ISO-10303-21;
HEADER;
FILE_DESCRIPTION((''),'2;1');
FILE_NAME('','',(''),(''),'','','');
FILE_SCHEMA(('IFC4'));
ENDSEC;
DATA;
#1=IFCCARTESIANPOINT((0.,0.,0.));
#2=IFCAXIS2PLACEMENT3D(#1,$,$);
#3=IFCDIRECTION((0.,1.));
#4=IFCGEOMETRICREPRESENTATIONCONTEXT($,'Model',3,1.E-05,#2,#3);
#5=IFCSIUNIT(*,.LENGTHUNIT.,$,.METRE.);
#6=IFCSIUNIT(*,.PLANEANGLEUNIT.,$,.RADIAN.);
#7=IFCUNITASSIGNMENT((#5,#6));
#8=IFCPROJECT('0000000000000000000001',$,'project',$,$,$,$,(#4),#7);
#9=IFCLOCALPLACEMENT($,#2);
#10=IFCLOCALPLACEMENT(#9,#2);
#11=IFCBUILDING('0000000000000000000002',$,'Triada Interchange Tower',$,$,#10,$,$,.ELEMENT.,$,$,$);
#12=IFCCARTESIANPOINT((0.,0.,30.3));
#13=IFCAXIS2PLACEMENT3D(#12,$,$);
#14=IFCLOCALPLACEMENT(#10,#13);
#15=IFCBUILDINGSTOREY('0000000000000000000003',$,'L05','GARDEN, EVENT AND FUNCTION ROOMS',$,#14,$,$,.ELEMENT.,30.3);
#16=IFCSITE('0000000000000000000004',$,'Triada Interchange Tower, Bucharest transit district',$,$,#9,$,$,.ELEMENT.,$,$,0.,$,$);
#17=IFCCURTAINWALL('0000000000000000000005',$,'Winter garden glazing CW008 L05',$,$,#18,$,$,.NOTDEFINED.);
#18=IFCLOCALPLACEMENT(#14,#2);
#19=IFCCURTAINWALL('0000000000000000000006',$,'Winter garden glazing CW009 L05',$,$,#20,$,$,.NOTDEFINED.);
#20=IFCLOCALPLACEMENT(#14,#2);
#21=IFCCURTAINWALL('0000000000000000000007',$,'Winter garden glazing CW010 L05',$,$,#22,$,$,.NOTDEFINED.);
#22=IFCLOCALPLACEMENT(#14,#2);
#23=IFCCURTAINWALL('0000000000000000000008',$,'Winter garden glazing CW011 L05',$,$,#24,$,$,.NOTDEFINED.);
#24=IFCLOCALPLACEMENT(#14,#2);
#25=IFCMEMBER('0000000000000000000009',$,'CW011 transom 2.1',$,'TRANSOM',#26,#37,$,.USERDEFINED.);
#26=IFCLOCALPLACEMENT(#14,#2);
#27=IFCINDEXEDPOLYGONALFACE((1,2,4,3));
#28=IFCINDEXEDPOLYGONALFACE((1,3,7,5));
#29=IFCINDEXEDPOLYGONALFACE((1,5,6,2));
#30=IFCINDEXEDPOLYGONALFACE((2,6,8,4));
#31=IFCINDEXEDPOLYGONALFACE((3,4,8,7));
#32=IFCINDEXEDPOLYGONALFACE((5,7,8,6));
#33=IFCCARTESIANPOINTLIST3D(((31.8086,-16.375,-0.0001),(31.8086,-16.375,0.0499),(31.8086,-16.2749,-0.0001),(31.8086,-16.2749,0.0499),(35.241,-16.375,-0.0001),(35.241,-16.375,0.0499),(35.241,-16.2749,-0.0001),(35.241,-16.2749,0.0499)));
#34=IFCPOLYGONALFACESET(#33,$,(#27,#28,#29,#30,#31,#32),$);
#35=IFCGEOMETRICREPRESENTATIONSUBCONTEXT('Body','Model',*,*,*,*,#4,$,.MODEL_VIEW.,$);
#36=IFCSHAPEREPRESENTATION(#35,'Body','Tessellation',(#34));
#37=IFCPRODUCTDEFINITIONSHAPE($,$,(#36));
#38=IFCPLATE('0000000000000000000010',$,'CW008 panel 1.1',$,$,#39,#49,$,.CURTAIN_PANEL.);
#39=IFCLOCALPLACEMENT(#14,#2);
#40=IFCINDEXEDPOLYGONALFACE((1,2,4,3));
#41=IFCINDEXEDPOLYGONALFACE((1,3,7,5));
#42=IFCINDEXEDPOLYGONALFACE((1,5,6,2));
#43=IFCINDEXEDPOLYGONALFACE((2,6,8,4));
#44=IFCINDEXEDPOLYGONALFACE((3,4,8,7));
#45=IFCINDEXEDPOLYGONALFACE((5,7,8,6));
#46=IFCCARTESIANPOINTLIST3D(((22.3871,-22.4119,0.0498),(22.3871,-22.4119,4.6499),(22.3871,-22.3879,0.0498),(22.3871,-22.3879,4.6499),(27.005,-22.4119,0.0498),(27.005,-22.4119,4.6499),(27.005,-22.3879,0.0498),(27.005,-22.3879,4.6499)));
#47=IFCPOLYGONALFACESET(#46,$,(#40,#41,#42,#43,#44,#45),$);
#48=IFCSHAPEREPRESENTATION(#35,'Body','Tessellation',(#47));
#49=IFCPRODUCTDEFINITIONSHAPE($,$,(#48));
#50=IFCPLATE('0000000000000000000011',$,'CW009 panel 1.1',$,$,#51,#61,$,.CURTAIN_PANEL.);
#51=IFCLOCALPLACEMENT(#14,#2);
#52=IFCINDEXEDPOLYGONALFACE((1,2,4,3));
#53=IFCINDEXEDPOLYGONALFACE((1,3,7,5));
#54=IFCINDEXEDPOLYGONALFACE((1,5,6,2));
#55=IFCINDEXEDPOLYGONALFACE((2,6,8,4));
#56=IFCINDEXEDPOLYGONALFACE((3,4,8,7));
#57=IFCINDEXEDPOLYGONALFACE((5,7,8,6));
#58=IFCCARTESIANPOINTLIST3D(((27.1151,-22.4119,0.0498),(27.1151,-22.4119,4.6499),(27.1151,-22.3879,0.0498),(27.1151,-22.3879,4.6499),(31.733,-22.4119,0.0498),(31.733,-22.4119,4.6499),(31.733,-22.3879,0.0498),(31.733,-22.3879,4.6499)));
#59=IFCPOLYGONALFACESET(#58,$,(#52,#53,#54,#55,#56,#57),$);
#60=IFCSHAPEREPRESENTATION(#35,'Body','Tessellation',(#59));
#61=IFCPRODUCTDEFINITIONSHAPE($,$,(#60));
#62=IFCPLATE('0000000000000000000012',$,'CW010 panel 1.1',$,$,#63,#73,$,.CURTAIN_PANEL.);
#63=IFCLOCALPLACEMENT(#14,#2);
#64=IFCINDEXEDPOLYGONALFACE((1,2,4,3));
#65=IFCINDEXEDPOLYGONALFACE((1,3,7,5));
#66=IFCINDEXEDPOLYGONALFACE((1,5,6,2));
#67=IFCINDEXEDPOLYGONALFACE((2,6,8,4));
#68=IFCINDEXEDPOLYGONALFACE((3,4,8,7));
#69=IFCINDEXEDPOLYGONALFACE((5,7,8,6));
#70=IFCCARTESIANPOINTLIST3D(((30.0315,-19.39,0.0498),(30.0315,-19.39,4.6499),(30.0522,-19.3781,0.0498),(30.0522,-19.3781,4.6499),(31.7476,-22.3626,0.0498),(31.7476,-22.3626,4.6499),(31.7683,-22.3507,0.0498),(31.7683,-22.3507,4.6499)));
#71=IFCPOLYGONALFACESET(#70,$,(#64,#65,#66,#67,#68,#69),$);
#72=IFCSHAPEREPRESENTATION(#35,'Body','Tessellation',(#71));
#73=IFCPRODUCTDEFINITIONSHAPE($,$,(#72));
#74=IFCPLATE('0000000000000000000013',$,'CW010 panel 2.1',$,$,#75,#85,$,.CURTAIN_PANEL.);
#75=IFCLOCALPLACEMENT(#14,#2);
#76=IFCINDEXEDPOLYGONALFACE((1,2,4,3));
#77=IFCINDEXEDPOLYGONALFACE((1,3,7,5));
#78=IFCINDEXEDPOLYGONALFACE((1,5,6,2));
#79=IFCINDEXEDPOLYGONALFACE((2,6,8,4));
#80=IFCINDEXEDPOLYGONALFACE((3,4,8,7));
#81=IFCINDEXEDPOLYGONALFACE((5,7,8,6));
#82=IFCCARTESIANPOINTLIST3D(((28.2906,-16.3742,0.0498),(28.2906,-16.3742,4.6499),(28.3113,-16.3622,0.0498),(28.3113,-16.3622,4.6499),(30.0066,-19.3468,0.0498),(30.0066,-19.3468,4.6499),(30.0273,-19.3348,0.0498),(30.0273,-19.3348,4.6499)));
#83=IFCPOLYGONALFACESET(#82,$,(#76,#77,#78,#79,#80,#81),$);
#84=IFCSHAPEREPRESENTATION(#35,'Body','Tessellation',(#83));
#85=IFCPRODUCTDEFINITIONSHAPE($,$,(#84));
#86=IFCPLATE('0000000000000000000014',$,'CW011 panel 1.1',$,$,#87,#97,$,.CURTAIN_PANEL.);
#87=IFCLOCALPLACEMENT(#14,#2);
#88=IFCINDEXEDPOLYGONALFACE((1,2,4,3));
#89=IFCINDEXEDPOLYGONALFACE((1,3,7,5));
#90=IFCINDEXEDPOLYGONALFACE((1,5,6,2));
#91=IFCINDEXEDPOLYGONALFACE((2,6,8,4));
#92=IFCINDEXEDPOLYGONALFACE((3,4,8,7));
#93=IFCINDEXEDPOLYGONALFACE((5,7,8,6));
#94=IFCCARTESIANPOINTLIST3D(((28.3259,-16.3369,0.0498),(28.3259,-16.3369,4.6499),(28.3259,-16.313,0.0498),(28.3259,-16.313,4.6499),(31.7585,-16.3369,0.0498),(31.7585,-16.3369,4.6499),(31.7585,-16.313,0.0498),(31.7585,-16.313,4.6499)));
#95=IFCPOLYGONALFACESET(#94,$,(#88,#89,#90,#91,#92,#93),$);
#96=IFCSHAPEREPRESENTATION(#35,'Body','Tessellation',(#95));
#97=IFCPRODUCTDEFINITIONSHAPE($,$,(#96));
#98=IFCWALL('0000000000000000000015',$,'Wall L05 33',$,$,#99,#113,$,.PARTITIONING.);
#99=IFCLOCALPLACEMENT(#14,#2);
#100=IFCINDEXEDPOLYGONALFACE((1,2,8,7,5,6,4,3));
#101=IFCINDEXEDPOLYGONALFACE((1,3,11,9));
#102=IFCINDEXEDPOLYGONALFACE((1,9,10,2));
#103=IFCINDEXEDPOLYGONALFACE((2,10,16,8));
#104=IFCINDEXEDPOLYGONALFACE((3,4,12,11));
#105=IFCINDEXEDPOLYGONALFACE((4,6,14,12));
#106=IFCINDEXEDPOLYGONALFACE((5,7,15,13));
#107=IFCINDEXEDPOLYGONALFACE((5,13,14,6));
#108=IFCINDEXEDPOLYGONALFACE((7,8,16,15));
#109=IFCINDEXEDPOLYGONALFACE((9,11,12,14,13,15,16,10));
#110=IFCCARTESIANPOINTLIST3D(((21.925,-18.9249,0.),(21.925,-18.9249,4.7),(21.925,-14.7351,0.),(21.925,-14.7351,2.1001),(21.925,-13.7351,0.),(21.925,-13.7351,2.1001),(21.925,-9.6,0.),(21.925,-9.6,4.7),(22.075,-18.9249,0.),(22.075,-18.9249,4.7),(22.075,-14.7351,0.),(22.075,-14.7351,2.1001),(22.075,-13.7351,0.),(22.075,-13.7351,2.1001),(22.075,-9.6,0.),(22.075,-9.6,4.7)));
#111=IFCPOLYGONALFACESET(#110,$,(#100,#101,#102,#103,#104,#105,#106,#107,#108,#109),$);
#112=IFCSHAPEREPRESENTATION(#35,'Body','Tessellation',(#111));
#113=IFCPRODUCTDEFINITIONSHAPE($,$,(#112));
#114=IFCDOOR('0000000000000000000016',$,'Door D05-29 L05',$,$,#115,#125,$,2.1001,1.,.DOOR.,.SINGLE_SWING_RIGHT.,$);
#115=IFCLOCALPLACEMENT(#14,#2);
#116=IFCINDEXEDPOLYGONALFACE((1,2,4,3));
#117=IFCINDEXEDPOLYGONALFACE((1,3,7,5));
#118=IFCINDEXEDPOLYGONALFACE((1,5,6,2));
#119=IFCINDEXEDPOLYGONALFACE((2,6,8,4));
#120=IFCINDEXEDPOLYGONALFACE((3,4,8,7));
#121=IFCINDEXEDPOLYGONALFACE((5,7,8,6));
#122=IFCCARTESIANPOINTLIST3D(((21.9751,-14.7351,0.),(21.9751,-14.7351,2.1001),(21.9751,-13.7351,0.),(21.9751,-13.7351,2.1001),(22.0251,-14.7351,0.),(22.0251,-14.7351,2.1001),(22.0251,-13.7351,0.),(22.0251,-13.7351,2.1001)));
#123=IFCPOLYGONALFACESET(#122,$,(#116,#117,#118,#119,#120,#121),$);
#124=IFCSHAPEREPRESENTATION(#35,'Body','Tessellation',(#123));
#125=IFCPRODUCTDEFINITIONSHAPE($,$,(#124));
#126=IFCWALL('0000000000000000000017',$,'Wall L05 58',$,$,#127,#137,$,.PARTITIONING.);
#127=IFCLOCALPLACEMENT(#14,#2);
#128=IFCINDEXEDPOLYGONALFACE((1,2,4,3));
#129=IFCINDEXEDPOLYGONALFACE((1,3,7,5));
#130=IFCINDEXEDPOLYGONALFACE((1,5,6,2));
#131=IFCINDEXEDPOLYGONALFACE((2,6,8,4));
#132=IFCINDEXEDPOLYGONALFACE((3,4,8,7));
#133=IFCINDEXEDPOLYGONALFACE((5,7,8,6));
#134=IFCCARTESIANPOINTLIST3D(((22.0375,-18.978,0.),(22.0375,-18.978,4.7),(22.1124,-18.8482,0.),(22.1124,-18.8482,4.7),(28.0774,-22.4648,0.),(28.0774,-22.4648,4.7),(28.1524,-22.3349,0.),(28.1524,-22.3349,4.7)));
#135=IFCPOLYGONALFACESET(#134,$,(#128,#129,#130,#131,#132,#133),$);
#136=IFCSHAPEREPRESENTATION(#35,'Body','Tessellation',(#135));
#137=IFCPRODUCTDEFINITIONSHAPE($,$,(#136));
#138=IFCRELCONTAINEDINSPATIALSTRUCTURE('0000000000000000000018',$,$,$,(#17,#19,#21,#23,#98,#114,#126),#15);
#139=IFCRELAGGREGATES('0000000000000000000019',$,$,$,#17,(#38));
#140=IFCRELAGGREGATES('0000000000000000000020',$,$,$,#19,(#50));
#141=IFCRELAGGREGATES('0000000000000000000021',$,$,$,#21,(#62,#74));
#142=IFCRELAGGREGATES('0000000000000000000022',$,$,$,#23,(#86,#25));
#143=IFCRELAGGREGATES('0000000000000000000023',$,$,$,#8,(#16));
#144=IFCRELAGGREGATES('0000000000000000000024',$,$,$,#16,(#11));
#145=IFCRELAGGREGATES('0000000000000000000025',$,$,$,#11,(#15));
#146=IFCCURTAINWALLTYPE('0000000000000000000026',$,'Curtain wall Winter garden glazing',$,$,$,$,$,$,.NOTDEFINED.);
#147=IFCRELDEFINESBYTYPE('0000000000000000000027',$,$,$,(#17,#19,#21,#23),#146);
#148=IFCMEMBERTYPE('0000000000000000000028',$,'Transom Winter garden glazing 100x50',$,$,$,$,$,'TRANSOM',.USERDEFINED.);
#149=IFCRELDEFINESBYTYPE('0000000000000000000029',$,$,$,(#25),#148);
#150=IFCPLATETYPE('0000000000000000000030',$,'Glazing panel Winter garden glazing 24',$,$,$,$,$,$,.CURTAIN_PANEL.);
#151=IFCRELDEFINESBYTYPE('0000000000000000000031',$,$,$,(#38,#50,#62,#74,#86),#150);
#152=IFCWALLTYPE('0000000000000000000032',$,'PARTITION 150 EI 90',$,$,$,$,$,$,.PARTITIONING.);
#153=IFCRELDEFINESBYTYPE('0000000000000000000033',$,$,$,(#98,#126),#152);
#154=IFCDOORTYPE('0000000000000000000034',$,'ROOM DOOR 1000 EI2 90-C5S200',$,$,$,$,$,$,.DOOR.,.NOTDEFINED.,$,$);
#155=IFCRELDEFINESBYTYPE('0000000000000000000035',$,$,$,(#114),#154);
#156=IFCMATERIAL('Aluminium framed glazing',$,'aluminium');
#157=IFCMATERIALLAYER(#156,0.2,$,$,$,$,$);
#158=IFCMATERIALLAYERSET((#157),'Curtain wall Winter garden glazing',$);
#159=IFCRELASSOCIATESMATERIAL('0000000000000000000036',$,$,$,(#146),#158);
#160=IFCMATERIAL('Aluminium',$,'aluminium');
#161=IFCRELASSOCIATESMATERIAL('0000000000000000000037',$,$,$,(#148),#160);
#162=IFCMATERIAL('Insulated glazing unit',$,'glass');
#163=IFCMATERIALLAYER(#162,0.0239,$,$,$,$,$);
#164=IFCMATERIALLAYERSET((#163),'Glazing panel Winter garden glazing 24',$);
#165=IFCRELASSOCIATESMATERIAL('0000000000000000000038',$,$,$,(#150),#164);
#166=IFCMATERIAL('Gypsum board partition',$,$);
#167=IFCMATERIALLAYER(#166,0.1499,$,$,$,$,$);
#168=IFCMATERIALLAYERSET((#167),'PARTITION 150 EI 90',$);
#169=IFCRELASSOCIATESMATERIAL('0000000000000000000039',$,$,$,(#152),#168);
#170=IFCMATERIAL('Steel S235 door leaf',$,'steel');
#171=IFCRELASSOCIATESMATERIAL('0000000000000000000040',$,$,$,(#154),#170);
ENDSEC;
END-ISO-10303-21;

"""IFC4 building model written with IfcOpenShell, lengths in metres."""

from ifc_helpers import new_model, si_unit, direction, frame, frame_2d, origin, origin_2d, place, context, subcontext, project, spatial, rectangle, extrude, material, layer, layer_set, material_profile, profile_set, type_object, element, fill, aggregate, save


model = new_model("IFC4")

# Units and contexts
model_context = context("Model", 3, precision=1e-05, world=origin(), true_north=direction((0.0, 1.0)))
body_context = subcontext(model_context, "Body", "Model", "MODEL_VIEW")
ifc_project = project(units=[si_unit("LENGTHUNIT", "METRE"), si_unit("PLANEANGLEUNIT", "RADIAN")], contexts=[model_context])

# Site, building, storey
site_placement = place(None, origin())
site = spatial("IfcSite", under=ifc_project, at=site_placement, Name="Triada Interchange Tower, Bucharest transit district", CompositionType="ELEMENT", RefElevation=0.0)
building_placement = place(site_placement, origin())
building = spatial("IfcBuilding", under=site, at=building_placement, Name="Triada Interchange Tower", CompositionType="ELEMENT")
storey_placement = place(building_placement, frame((0.0, 0.0, 30.3)))
storey = spatial("IfcBuildingStorey", under=building, at=storey_placement, Name="L05", Description="GARDEN, EVENT AND FUNCTION ROOMS", CompositionType="ELEMENT", Elevation=30.3)

# Curtain walls
ifc_material_1 = material(Name="Aluminium framed glazing", Category="aluminium")
ifc_layer_1 = layer(ifc_material_1, 0.2)
ifc_layer_set_1 = layer_set([ifc_layer_1], Name="Curtain wall Winter garden glazing")
curtain_wall_type = type_object("IfcCurtainWallType", Name="Curtain wall Winter garden glazing", PredefinedType="NOTDEFINED", material=ifc_layer_set_1)
curtain_wall_1_placement = place(storey_placement, origin())
curtain_wall_1 = element("IfcCurtainWall", 1, at=curtain_wall_1_placement, inside=storey, type_object=curtain_wall_type, Name="Winter garden glazing CW008 L05", PredefinedType="NOTDEFINED")
ifc_material_2 = material(Name="Aluminium", Category="aluminium")
curtain_wall_2_placement = place(storey_placement, origin())
curtain_wall_2 = element("IfcCurtainWall", 2, at=curtain_wall_2_placement, inside=storey, type_object=curtain_wall_type, Name="Winter garden glazing CW009 L05", PredefinedType="NOTDEFINED")
curtain_wall_3_placement = place(storey_placement, origin())
curtain_wall_3 = element("IfcCurtainWall", 3, at=curtain_wall_3_placement, inside=storey, type_object=curtain_wall_type, Name="Winter garden glazing CW010 L05", PredefinedType="NOTDEFINED")
curtain_wall_4_placement = place(storey_placement, origin())
curtain_wall_4 = element("IfcCurtainWall", 4, at=curtain_wall_4_placement, inside=storey, type_object=curtain_wall_type, Name="Winter garden glazing CW011 L05", PredefinedType="NOTDEFINED")

# Member
ifc_material_profile_1 = material_profile(ifc_material_2, rectangle(XDim=0.1001, YDim=0.05, at=origin_2d()), Name="Aluminium transom")
ifc_profile_set_1 = profile_set([ifc_material_profile_1], Name="Aluminium")
member_type_1 = type_object("IfcMemberType", Name="Transom Winter garden glazing 100x50", ElementType="TRANSOM", PredefinedType="USERDEFINED", material=ifc_profile_set_1)
member_1_placement = place(storey_placement, frame((31.8086, -16.325, 0.0249), z_axis=(1.0, 0.0, 0.0), x_axis=(0.0, 1.0, 0.0)))
member_1 = element("IfcMember", 5, at=member_1_placement, type_object=member_type_1, Name="CW011 transom 2.1", ObjectType="TRANSOM", PredefinedType="USERDEFINED", context=body_context, shape_type="SweptSolid", body=[
    extrude(rectangle(XDim=0.1001, YDim=0.05, at=origin_2d()), origin(), (0.0, 0.0, 1.0), 3.4324),
])

# Plates
ifc_material_3 = material(Name="Insulated glazing unit", Category="glass")
ifc_layer_2 = layer(ifc_material_3, 0.0239)
ifc_layer_set_2 = layer_set([ifc_layer_2], Name="Glazing panel Winter garden glazing 24")
plate_type = type_object("IfcPlateType", Name="Glazing panel Winter garden glazing 24", PredefinedType="CURTAIN_PANEL", material=ifc_layer_set_2)
plate_1_placement = place(storey_placement, frame((24.696, -22.3999, 0.0498), z_axis=(0.0, 0.0, 1.0), x_axis=(1.0, 0.0, 0.0)))
plate_1 = element("IfcPlate", 6, at=plate_1_placement, type_object=plate_type, Name="CW008 panel 1.1", PredefinedType="CURTAIN_PANEL", context=body_context, shape_type="SweptSolid", body=[
    extrude(rectangle(XDim=4.6179, YDim=0.0239, at=origin_2d()), origin(), (0.0, 0.0, 1.0), 4.6001),
])
aggregate(curtain_wall_1, [plate_1])
plate_2_placement = place(storey_placement, frame((29.4241, -22.3999, 0.0498), z_axis=(0.0, 0.0, 1.0), x_axis=(1.0, 0.0, 0.0)))
plate_2 = element("IfcPlate", 7, at=plate_2_placement, type_object=plate_type, Name="CW009 panel 1.1", PredefinedType="CURTAIN_PANEL", context=body_context, shape_type="SweptSolid", body=[
    extrude(rectangle(XDim=4.6179, YDim=0.0239, at=origin_2d()), origin(), (0.0, 0.0, 1.0), 4.6001),
])
aggregate(curtain_wall_2, [plate_2])
plate_3_placement = place(storey_placement, frame((30.8999, -20.8704, 0.0498), z_axis=(0.0, 0.0, 1.0), x_axis=(-0.499957, 0.86605, 0.0)))
plate_3 = element("IfcPlate", 8, at=plate_3_placement, type_object=plate_type, Name="CW010 panel 1.1", PredefinedType="CURTAIN_PANEL", context=body_context, shape_type="SweptSolid", body=[
    extrude(rectangle(XDim=3.4324, YDim=0.0239, at=origin_2d()), origin(), (0.0, 0.0, 1.0), 4.6001),
])
plate_4_placement = place(storey_placement, frame((29.1589, -17.8545, 0.0498), z_axis=(0.0, 0.0, 1.0), x_axis=(-0.499957, 0.86605, 0.0)))
plate_4 = element("IfcPlate", 9, at=plate_4_placement, type_object=plate_type, Name="CW010 panel 2.1", PredefinedType="CURTAIN_PANEL", context=body_context, shape_type="SweptSolid", body=[
    extrude(rectangle(XDim=3.4324, YDim=0.0239, at=origin_2d()), origin(), (0.0, 0.0, 1.0), 4.6001),
])
aggregate(curtain_wall_3, [plate_3, plate_4])
plate_5_placement = place(storey_placement, frame((30.0422, -16.325, 0.0498), z_axis=(0.0, 0.0, 1.0), x_axis=(1.0, 0.0, 0.0)))
plate_5 = element("IfcPlate", 10, at=plate_5_placement, type_object=plate_type, Name="CW011 panel 1.1", PredefinedType="CURTAIN_PANEL", context=body_context, shape_type="SweptSolid", body=[
    extrude(rectangle(XDim=3.4326, YDim=0.0239, at=origin_2d()), origin(), (0.0, 0.0, 1.0), 4.6001),
])
aggregate(curtain_wall_4, [plate_5, member_1])

# Wall, opening, door
ifc_material_4 = material(Name="Gypsum board partition")
ifc_layer_3 = layer(ifc_material_4, 0.1499)
ifc_layer_set_3 = layer_set([ifc_layer_3], Name="PARTITION 150 EI 90")
wall_type = type_object("IfcWallType", Name="PARTITION 150 EI 90", PredefinedType="PARTITIONING", material=ifc_layer_set_3)
wall_1_placement = place(storey_placement, frame((22.0, -18.925, 0.0), z_axis=(0.0, 0.0, 1.0), x_axis=(0.0, 1.0, 0.0)))
wall_1 = element("IfcWall", 11, at=wall_1_placement, inside=storey, type_object=wall_type, Name="Wall L05 33", PredefinedType="PARTITIONING", context=body_context, shape_type="SweptSolid", body=[
    extrude(rectangle(XDim=9.325, YDim=0.1499, at=frame_2d((4.6626, 0.0))), origin(), (0.0, 0.0, 1.0), 4.7),
])
opening_placement = place(wall_1_placement, frame((4.1899, 0.0, 0.0)))
opening = element("IfcOpeningElement", 12, at=opening_placement, cuts=wall_1, PredefinedType="OPENING", context=body_context, shape_type="SweptSolid", body=[
    extrude(rectangle(XDim=1.0, YDim=2.1001, at=frame_2d((0.5, 1.05))), frame((0.0, 0.085, 0.0), z_axis=(0.0, -1.0, 0.0), x_axis=(1.0, 0.0, 0.0)), (0.0, 0.0, 1.0), 0.1699),
])
ifc_material_5 = material(Name="Steel S235 door leaf", Category="steel")
door_type = type_object("IfcDoorType", Name="ROOM DOOR 1000 EI2 90-C5S200", OperationType="NOTDEFINED", PredefinedType="DOOR", material=ifc_material_5)
door_placement = place(opening_placement, origin())
door = element("IfcDoor", 13, at=door_placement, inside=storey, type_object=door_type, Name="Door D05-29 L05", OperationType="SINGLE_SWING_RIGHT", OverallHeight=2.1001, OverallWidth=1.0, PredefinedType="DOOR", context=body_context, shape_type="SweptSolid", body=[
    extrude(rectangle(XDim=1.0, YDim=2.1001, at=frame_2d((0.5, 1.05))), frame((0.0, 0.0249, 0.0), z_axis=(0.0, -1.0, 0.0), x_axis=(1.0, 0.0, 0.0)), (0.0, 0.0, 1.0), 0.05),
])
fill(opening, door)

# Wall
wall_2_placement = place(storey_placement, frame((22.075, -18.9131, 0.0), z_axis=(0.0, 0.0, 1.0), x_axis=(0.86605, -0.499957, 0.0)))
element("IfcWall", 14, at=wall_2_placement, inside=storey, type_object=wall_type, Name="Wall L05 58", PredefinedType="PARTITIONING", context=body_context, shape_type="SweptSolid", body=[
    extrude(rectangle(XDim=6.9741, YDim=0.1499, at=frame_2d((3.4871, 0.0))), origin(), (0.0, 0.0, 1.0), 4.7),
])

save(model, "model.ifc")
